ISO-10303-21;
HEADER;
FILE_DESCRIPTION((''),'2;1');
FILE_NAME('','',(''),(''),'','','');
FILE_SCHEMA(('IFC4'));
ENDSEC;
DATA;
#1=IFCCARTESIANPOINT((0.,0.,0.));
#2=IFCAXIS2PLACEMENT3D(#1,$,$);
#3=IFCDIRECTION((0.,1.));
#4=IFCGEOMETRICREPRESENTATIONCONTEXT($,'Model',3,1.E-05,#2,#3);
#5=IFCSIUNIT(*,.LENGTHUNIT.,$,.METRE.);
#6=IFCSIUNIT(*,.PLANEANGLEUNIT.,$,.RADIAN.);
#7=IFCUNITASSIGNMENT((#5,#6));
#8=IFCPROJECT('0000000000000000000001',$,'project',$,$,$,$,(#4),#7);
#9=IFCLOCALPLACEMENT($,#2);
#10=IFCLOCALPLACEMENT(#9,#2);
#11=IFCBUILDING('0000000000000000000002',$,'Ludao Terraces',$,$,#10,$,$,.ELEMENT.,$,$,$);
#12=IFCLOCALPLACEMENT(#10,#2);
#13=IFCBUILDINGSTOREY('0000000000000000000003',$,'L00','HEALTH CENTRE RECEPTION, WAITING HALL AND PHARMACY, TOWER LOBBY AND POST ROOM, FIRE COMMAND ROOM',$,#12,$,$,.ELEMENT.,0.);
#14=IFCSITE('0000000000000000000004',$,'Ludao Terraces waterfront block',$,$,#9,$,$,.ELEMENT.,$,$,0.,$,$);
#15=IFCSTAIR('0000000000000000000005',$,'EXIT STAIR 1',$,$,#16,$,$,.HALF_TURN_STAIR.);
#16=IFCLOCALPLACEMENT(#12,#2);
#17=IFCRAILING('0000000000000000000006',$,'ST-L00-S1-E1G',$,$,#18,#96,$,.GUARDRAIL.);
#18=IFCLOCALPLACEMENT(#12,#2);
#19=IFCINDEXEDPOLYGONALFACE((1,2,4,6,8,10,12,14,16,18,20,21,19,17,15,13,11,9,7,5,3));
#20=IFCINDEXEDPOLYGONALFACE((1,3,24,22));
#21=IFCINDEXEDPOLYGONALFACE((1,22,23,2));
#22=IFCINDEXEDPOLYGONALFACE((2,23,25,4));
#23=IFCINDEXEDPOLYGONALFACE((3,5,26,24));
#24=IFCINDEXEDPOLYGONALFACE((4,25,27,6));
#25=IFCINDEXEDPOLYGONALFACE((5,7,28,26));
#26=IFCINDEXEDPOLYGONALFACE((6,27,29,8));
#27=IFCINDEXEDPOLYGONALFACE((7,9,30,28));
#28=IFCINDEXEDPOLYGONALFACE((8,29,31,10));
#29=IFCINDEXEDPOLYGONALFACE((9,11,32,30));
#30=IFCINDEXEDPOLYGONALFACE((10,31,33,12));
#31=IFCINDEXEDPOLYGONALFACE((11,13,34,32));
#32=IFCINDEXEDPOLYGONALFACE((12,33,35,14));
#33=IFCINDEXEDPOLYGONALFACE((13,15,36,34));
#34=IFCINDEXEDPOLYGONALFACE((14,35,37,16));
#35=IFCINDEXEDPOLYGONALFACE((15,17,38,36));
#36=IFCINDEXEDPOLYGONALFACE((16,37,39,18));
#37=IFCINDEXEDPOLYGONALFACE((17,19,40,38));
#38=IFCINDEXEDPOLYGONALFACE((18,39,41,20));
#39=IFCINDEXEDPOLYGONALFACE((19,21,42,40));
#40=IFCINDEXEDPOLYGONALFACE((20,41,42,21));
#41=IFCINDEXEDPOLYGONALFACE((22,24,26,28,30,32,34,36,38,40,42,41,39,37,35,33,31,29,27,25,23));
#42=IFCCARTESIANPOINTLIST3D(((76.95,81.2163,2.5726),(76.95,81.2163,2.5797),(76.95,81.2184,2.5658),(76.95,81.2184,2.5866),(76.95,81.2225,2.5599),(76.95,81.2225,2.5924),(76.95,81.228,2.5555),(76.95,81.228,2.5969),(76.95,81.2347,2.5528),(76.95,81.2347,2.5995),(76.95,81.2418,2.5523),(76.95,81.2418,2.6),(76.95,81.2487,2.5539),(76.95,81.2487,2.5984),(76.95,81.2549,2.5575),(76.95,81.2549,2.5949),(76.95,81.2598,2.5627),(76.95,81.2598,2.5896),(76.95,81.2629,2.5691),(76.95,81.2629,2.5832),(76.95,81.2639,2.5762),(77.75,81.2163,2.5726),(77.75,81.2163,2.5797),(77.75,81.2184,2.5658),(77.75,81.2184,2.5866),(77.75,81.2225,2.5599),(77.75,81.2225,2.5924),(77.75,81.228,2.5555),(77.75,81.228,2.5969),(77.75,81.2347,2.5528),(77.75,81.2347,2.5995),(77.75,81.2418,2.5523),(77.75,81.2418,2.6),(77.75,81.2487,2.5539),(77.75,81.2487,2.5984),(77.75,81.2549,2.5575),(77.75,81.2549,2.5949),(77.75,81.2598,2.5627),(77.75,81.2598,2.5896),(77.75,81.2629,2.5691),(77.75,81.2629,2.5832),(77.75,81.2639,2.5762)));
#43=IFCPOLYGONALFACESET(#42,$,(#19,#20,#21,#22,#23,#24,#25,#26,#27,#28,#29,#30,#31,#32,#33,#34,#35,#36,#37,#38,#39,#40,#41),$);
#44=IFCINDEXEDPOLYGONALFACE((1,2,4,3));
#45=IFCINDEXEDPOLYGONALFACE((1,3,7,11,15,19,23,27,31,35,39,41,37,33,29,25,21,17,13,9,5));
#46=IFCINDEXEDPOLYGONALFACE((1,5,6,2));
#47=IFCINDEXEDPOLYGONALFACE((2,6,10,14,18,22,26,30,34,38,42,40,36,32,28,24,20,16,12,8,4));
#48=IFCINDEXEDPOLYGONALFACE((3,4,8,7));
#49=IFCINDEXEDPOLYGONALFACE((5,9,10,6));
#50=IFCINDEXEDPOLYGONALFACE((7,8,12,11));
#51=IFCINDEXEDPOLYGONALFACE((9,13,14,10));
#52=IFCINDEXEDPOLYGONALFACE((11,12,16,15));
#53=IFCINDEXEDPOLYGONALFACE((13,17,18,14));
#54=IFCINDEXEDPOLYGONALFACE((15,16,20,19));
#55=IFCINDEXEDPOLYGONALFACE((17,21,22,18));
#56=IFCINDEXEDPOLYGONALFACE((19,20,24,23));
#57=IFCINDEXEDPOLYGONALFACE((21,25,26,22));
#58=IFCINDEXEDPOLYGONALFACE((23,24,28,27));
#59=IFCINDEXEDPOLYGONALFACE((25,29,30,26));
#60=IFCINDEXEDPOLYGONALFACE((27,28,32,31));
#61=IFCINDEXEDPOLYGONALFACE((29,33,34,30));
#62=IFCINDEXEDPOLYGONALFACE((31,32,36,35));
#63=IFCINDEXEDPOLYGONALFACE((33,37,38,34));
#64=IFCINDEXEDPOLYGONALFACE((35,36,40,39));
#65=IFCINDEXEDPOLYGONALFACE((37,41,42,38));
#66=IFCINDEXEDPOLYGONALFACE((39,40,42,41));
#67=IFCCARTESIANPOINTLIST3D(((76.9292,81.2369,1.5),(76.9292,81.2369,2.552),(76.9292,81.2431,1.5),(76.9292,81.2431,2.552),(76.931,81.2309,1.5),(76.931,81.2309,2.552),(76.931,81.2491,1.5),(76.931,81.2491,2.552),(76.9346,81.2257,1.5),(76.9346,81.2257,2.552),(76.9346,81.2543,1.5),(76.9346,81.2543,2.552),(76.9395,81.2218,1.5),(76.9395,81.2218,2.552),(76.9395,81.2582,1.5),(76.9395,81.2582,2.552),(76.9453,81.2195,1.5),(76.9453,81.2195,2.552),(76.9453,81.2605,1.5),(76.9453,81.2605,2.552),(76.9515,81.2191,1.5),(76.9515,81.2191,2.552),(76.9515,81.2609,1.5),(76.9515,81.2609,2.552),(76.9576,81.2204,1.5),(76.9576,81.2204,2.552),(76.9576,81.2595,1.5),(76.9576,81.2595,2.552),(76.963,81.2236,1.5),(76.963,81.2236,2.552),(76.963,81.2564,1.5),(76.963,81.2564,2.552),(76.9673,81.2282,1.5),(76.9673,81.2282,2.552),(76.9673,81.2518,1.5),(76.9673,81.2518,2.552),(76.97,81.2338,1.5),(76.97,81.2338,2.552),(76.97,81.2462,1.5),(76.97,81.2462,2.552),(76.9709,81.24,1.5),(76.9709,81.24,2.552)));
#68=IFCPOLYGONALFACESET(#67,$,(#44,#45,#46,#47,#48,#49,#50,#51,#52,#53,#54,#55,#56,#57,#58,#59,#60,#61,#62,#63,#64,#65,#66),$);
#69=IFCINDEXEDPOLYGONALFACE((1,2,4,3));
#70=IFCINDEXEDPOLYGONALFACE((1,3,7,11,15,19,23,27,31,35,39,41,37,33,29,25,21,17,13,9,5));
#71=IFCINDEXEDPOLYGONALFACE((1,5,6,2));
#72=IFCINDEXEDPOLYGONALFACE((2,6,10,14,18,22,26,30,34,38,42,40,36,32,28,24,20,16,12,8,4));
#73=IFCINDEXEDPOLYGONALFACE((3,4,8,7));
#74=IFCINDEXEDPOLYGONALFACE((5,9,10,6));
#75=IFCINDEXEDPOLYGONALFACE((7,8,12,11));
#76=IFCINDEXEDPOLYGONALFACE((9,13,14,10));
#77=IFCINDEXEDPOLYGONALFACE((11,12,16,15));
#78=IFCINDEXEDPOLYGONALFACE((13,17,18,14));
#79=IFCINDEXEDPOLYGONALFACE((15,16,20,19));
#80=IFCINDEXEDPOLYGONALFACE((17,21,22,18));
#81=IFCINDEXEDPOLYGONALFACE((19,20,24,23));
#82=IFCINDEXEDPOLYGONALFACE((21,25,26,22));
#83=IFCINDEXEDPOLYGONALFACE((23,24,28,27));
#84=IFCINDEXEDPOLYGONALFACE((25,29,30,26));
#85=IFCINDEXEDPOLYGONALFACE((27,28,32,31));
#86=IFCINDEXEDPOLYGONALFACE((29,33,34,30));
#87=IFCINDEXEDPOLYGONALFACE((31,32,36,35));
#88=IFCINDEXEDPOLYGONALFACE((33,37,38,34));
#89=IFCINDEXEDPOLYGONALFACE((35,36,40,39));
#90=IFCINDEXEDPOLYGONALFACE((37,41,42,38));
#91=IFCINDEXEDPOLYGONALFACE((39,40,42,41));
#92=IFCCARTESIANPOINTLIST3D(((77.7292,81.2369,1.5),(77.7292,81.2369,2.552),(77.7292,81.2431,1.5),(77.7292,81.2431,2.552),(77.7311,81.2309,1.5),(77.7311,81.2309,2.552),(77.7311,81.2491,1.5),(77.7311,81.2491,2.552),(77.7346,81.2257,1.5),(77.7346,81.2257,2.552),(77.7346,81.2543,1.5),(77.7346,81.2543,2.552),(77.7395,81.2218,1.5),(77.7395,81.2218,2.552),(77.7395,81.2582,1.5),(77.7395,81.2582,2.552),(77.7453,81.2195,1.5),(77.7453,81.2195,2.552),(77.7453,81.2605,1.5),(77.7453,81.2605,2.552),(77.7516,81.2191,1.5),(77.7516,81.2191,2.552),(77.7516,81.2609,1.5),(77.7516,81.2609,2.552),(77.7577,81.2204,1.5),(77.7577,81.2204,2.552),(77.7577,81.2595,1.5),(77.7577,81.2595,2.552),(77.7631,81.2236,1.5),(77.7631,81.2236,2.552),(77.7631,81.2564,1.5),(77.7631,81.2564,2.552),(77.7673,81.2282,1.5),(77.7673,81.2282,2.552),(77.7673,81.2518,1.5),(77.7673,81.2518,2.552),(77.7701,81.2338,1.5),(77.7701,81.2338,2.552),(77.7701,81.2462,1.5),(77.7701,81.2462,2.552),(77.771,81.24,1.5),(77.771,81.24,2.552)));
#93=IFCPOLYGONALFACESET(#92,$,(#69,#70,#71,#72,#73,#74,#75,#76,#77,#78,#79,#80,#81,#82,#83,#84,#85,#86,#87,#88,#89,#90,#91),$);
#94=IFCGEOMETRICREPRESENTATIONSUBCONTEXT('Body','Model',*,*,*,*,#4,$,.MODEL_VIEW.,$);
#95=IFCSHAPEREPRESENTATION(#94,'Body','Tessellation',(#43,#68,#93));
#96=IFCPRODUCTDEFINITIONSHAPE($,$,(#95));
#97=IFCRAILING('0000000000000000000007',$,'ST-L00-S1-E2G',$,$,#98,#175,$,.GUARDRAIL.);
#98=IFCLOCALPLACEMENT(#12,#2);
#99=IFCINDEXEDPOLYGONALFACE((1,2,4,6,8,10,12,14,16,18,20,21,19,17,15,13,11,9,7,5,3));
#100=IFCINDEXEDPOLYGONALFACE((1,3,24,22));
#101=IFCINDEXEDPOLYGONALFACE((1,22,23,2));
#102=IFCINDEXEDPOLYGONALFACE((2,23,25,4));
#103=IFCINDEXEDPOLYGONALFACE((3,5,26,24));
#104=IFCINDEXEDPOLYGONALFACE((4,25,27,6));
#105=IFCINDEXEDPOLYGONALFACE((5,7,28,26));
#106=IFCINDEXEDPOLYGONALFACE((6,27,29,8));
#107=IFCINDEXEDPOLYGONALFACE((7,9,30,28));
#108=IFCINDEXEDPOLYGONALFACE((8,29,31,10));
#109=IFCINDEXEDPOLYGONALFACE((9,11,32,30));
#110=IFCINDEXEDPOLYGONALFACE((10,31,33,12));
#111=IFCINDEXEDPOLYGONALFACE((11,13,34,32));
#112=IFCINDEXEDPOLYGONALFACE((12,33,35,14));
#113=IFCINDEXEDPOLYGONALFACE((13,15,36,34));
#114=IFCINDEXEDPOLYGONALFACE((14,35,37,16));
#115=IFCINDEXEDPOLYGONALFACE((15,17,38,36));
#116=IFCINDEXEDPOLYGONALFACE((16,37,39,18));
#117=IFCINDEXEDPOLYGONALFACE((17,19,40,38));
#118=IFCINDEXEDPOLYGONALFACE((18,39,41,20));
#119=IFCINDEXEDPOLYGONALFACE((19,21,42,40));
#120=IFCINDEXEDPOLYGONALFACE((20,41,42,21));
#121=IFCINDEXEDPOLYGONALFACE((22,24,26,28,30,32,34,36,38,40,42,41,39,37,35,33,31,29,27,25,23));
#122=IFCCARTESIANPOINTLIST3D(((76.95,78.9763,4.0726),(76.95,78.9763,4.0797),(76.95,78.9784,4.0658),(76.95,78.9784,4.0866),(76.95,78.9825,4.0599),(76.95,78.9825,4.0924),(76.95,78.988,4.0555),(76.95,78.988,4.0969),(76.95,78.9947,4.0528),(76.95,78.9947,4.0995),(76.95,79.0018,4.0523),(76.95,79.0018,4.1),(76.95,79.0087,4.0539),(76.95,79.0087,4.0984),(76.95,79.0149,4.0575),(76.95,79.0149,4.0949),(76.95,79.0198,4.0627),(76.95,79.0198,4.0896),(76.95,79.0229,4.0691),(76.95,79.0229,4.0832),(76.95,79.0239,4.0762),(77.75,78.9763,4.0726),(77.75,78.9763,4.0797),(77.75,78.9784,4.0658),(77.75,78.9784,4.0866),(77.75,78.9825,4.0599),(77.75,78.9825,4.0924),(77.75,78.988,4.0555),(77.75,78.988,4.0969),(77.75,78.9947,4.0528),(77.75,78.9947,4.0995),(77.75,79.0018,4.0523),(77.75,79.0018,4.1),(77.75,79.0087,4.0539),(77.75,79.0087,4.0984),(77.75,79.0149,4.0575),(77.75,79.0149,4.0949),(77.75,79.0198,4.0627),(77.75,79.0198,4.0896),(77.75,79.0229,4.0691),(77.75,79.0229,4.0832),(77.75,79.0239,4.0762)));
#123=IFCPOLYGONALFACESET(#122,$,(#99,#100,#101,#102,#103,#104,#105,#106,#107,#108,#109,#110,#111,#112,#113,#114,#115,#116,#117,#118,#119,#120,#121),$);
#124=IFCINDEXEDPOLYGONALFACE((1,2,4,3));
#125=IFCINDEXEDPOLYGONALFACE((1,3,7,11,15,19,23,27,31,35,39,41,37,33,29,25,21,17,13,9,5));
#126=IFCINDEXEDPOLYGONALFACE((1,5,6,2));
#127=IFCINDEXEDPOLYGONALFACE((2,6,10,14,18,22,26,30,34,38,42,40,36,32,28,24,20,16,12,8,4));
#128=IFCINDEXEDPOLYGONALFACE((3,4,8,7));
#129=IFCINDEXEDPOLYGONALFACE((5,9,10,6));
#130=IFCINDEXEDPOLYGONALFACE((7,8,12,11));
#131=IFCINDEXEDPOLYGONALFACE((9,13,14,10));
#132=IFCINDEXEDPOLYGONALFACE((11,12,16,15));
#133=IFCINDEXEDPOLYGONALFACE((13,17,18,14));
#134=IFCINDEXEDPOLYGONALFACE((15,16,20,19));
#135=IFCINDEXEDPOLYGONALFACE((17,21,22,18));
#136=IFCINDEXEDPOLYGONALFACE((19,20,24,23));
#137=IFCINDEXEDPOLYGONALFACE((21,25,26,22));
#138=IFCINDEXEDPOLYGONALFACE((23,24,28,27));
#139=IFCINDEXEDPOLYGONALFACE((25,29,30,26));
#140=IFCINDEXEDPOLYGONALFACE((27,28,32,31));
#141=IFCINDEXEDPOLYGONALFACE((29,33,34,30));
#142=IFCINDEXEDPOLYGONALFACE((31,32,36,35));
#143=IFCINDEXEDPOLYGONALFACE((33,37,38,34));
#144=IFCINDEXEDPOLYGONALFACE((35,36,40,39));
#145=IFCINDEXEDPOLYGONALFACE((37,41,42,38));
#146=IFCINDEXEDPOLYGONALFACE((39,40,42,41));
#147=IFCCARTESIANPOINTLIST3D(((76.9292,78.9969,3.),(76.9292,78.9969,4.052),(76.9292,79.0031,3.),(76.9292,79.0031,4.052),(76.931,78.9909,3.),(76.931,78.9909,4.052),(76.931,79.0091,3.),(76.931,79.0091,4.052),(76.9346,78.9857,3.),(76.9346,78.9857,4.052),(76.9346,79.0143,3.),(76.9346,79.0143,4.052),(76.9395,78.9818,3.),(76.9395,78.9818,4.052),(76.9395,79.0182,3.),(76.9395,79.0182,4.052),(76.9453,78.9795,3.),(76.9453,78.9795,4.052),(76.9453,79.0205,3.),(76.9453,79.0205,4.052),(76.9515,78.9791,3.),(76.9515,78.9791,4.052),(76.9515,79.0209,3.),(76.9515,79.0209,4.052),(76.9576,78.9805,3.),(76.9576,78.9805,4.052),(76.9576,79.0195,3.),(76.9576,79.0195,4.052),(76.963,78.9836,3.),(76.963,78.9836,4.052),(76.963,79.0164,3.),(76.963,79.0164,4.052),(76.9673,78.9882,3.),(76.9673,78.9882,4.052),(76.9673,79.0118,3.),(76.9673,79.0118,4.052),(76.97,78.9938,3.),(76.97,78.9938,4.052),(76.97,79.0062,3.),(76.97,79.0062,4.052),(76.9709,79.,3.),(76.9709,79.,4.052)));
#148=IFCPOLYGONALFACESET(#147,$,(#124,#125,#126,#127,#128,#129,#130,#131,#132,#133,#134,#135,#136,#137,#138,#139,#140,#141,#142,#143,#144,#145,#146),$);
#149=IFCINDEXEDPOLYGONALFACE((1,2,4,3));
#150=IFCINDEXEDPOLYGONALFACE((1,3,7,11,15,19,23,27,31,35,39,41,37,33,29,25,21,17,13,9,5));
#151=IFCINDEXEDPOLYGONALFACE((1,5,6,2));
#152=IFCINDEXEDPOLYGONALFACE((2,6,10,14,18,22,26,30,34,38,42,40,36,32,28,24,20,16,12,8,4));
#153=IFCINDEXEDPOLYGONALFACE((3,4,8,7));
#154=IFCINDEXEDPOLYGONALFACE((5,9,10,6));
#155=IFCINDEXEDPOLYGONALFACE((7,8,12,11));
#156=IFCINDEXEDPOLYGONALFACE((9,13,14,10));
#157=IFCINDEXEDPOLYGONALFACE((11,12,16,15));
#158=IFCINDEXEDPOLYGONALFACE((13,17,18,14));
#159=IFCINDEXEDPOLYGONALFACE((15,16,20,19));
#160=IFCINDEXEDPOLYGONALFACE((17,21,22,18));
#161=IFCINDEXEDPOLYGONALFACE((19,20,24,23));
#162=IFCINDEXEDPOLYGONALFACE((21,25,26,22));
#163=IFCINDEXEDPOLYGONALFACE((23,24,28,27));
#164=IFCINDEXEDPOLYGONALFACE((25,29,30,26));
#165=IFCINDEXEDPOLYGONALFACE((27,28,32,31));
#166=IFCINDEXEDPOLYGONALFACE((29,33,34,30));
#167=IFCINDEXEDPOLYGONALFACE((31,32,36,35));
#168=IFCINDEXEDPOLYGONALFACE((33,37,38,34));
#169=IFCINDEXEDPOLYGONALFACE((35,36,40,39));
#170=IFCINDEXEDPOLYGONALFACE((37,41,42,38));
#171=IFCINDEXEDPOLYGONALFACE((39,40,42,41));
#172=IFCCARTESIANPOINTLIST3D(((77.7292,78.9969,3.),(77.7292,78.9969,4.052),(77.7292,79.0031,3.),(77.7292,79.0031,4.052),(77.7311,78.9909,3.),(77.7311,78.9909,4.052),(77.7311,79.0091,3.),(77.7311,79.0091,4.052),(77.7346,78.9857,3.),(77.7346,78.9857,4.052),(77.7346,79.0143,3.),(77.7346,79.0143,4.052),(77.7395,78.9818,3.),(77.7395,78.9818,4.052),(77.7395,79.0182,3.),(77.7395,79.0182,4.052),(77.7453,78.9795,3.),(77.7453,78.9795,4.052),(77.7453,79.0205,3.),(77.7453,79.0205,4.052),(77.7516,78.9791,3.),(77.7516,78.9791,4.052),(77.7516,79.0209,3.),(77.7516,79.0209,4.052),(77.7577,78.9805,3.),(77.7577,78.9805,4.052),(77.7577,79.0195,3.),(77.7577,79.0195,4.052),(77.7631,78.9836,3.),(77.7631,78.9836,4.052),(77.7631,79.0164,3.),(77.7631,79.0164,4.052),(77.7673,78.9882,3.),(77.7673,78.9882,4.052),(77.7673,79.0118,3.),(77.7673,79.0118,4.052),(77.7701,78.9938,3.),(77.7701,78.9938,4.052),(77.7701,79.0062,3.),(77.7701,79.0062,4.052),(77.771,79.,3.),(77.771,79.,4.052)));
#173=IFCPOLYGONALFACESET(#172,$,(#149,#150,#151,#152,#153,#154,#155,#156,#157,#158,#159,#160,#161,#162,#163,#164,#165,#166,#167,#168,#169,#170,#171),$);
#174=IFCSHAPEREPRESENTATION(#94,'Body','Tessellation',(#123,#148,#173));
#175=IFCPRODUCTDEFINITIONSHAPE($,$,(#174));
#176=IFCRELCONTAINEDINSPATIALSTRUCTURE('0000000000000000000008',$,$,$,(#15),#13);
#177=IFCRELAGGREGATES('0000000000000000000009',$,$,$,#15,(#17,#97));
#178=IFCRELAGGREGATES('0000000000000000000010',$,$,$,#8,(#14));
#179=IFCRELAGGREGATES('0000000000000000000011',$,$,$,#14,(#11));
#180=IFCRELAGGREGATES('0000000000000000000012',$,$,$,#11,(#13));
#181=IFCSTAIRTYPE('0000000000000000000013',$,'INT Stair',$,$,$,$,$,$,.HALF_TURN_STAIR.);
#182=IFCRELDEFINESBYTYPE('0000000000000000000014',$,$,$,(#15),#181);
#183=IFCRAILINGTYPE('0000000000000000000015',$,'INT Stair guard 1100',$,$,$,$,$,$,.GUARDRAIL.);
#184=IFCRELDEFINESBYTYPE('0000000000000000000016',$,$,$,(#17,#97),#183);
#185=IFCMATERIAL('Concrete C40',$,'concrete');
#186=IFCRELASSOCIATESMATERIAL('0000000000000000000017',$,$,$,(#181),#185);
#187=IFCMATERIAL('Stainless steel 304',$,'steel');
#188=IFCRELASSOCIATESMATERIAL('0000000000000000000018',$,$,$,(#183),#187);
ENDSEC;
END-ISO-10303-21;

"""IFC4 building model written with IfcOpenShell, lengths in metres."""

from ifc_helpers import new_model, si_unit, direction, frame, origin, origin_2d, place, context, subcontext, project, spatial, circle, extrude, material, type_object, element, aggregate, save


model = new_model("IFC4")

# Units and contexts
model_context = context("Model", 3, precision=1e-05, world=origin(), true_north=direction((0.0, 1.0)))
body_context = subcontext(model_context, "Body", "Model", "MODEL_VIEW")
ifc_project = project(units=[si_unit("LENGTHUNIT", "METRE"), si_unit("PLANEANGLEUNIT", "RADIAN")], contexts=[model_context])

# Site, building, storey
site_placement = place(None, origin())
site = spatial("IfcSite", under=ifc_project, at=site_placement, Name="Ludao Terraces waterfront block", CompositionType="ELEMENT", RefElevation=0.0)
building_placement = place(site_placement, origin())
building = spatial("IfcBuilding", under=site, at=building_placement, Name="Ludao Terraces", CompositionType="ELEMENT")
storey_placement = place(building_placement, origin())
storey = spatial("IfcBuildingStorey", under=building, at=storey_placement, Name="L00", Description="HEALTH CENTRE RECEPTION, WAITING HALL AND PHARMACY, TOWER LOBBY AND POST ROOM, FIRE COMMAND ROOM", CompositionType="ELEMENT", Elevation=0.0)

# Shared definitions
ifc_material_1 = material(Name="Concrete C40", Category="concrete")

# Stair, railings
stair_type = type_object("IfcStairType", Name="INT Stair", PredefinedType="HALF_TURN_STAIR", material=ifc_material_1)
stair_placement = place(storey_placement, origin())
stair = element("IfcStair", 1, at=stair_placement, inside=storey, type_object=stair_type, Name="EXIT STAIR 1", PredefinedType="HALF_TURN_STAIR")
ifc_material_2 = material(Name="Stainless steel 304", Category="steel")
railing_type_1 = type_object("IfcRailingType", Name="INT Stair guard 1100", PredefinedType="GUARDRAIL", material=ifc_material_2)
railing_1_placement = place(storey_placement, frame((76.95, 81.24, 1.5)))
railing_1 = element("IfcRailing", 2, at=railing_1_placement, type_object=railing_type_1, Name="ST-L00-S1-E1G", PredefinedType="GUARDRAIL", context=body_context, shape_type="SweptSolid", body=[
    extrude(circle(Radius=0.0239, at=origin_2d()), frame((0.0, 0.0, 1.0762), z_axis=(1.0, 0.0, 0.0), x_axis=(0.0, 1.0, 0.0)), (0.0, 0.0, 1.0), 0.8),
    extrude(circle(Radius=0.021, at=origin_2d()), origin(), (0.0, 0.0, 1.0), 1.052),
    extrude(circle(Radius=0.021, at=origin_2d()), frame((0.8, 0.0, 0.0)), (0.0, 0.0, 1.0), 1.052),
])
railing_2_placement = place(storey_placement, frame((76.95, 79.0, 3.0)))
railing_2 = element("IfcRailing", 3, at=railing_2_placement, type_object=railing_type_1, Name="ST-L00-S1-E2G", PredefinedType="GUARDRAIL", context=body_context, shape_type="SweptSolid", body=[
    extrude(circle(Radius=0.0239, at=origin_2d()), frame((0.0, 0.0, 1.0762), z_axis=(1.0, 0.0, 0.0), x_axis=(0.0, 1.0, 0.0)), (0.0, 0.0, 1.0), 0.8),
    extrude(circle(Radius=0.021, at=origin_2d()), origin(), (0.0, 0.0, 1.0), 1.052),
    extrude(circle(Radius=0.021, at=origin_2d()), frame((0.8, 0.0, 0.0)), (0.0, 0.0, 1.0), 1.052),
])
aggregate(stair, [railing_1, railing_2])

save(model, "model.ifc")
